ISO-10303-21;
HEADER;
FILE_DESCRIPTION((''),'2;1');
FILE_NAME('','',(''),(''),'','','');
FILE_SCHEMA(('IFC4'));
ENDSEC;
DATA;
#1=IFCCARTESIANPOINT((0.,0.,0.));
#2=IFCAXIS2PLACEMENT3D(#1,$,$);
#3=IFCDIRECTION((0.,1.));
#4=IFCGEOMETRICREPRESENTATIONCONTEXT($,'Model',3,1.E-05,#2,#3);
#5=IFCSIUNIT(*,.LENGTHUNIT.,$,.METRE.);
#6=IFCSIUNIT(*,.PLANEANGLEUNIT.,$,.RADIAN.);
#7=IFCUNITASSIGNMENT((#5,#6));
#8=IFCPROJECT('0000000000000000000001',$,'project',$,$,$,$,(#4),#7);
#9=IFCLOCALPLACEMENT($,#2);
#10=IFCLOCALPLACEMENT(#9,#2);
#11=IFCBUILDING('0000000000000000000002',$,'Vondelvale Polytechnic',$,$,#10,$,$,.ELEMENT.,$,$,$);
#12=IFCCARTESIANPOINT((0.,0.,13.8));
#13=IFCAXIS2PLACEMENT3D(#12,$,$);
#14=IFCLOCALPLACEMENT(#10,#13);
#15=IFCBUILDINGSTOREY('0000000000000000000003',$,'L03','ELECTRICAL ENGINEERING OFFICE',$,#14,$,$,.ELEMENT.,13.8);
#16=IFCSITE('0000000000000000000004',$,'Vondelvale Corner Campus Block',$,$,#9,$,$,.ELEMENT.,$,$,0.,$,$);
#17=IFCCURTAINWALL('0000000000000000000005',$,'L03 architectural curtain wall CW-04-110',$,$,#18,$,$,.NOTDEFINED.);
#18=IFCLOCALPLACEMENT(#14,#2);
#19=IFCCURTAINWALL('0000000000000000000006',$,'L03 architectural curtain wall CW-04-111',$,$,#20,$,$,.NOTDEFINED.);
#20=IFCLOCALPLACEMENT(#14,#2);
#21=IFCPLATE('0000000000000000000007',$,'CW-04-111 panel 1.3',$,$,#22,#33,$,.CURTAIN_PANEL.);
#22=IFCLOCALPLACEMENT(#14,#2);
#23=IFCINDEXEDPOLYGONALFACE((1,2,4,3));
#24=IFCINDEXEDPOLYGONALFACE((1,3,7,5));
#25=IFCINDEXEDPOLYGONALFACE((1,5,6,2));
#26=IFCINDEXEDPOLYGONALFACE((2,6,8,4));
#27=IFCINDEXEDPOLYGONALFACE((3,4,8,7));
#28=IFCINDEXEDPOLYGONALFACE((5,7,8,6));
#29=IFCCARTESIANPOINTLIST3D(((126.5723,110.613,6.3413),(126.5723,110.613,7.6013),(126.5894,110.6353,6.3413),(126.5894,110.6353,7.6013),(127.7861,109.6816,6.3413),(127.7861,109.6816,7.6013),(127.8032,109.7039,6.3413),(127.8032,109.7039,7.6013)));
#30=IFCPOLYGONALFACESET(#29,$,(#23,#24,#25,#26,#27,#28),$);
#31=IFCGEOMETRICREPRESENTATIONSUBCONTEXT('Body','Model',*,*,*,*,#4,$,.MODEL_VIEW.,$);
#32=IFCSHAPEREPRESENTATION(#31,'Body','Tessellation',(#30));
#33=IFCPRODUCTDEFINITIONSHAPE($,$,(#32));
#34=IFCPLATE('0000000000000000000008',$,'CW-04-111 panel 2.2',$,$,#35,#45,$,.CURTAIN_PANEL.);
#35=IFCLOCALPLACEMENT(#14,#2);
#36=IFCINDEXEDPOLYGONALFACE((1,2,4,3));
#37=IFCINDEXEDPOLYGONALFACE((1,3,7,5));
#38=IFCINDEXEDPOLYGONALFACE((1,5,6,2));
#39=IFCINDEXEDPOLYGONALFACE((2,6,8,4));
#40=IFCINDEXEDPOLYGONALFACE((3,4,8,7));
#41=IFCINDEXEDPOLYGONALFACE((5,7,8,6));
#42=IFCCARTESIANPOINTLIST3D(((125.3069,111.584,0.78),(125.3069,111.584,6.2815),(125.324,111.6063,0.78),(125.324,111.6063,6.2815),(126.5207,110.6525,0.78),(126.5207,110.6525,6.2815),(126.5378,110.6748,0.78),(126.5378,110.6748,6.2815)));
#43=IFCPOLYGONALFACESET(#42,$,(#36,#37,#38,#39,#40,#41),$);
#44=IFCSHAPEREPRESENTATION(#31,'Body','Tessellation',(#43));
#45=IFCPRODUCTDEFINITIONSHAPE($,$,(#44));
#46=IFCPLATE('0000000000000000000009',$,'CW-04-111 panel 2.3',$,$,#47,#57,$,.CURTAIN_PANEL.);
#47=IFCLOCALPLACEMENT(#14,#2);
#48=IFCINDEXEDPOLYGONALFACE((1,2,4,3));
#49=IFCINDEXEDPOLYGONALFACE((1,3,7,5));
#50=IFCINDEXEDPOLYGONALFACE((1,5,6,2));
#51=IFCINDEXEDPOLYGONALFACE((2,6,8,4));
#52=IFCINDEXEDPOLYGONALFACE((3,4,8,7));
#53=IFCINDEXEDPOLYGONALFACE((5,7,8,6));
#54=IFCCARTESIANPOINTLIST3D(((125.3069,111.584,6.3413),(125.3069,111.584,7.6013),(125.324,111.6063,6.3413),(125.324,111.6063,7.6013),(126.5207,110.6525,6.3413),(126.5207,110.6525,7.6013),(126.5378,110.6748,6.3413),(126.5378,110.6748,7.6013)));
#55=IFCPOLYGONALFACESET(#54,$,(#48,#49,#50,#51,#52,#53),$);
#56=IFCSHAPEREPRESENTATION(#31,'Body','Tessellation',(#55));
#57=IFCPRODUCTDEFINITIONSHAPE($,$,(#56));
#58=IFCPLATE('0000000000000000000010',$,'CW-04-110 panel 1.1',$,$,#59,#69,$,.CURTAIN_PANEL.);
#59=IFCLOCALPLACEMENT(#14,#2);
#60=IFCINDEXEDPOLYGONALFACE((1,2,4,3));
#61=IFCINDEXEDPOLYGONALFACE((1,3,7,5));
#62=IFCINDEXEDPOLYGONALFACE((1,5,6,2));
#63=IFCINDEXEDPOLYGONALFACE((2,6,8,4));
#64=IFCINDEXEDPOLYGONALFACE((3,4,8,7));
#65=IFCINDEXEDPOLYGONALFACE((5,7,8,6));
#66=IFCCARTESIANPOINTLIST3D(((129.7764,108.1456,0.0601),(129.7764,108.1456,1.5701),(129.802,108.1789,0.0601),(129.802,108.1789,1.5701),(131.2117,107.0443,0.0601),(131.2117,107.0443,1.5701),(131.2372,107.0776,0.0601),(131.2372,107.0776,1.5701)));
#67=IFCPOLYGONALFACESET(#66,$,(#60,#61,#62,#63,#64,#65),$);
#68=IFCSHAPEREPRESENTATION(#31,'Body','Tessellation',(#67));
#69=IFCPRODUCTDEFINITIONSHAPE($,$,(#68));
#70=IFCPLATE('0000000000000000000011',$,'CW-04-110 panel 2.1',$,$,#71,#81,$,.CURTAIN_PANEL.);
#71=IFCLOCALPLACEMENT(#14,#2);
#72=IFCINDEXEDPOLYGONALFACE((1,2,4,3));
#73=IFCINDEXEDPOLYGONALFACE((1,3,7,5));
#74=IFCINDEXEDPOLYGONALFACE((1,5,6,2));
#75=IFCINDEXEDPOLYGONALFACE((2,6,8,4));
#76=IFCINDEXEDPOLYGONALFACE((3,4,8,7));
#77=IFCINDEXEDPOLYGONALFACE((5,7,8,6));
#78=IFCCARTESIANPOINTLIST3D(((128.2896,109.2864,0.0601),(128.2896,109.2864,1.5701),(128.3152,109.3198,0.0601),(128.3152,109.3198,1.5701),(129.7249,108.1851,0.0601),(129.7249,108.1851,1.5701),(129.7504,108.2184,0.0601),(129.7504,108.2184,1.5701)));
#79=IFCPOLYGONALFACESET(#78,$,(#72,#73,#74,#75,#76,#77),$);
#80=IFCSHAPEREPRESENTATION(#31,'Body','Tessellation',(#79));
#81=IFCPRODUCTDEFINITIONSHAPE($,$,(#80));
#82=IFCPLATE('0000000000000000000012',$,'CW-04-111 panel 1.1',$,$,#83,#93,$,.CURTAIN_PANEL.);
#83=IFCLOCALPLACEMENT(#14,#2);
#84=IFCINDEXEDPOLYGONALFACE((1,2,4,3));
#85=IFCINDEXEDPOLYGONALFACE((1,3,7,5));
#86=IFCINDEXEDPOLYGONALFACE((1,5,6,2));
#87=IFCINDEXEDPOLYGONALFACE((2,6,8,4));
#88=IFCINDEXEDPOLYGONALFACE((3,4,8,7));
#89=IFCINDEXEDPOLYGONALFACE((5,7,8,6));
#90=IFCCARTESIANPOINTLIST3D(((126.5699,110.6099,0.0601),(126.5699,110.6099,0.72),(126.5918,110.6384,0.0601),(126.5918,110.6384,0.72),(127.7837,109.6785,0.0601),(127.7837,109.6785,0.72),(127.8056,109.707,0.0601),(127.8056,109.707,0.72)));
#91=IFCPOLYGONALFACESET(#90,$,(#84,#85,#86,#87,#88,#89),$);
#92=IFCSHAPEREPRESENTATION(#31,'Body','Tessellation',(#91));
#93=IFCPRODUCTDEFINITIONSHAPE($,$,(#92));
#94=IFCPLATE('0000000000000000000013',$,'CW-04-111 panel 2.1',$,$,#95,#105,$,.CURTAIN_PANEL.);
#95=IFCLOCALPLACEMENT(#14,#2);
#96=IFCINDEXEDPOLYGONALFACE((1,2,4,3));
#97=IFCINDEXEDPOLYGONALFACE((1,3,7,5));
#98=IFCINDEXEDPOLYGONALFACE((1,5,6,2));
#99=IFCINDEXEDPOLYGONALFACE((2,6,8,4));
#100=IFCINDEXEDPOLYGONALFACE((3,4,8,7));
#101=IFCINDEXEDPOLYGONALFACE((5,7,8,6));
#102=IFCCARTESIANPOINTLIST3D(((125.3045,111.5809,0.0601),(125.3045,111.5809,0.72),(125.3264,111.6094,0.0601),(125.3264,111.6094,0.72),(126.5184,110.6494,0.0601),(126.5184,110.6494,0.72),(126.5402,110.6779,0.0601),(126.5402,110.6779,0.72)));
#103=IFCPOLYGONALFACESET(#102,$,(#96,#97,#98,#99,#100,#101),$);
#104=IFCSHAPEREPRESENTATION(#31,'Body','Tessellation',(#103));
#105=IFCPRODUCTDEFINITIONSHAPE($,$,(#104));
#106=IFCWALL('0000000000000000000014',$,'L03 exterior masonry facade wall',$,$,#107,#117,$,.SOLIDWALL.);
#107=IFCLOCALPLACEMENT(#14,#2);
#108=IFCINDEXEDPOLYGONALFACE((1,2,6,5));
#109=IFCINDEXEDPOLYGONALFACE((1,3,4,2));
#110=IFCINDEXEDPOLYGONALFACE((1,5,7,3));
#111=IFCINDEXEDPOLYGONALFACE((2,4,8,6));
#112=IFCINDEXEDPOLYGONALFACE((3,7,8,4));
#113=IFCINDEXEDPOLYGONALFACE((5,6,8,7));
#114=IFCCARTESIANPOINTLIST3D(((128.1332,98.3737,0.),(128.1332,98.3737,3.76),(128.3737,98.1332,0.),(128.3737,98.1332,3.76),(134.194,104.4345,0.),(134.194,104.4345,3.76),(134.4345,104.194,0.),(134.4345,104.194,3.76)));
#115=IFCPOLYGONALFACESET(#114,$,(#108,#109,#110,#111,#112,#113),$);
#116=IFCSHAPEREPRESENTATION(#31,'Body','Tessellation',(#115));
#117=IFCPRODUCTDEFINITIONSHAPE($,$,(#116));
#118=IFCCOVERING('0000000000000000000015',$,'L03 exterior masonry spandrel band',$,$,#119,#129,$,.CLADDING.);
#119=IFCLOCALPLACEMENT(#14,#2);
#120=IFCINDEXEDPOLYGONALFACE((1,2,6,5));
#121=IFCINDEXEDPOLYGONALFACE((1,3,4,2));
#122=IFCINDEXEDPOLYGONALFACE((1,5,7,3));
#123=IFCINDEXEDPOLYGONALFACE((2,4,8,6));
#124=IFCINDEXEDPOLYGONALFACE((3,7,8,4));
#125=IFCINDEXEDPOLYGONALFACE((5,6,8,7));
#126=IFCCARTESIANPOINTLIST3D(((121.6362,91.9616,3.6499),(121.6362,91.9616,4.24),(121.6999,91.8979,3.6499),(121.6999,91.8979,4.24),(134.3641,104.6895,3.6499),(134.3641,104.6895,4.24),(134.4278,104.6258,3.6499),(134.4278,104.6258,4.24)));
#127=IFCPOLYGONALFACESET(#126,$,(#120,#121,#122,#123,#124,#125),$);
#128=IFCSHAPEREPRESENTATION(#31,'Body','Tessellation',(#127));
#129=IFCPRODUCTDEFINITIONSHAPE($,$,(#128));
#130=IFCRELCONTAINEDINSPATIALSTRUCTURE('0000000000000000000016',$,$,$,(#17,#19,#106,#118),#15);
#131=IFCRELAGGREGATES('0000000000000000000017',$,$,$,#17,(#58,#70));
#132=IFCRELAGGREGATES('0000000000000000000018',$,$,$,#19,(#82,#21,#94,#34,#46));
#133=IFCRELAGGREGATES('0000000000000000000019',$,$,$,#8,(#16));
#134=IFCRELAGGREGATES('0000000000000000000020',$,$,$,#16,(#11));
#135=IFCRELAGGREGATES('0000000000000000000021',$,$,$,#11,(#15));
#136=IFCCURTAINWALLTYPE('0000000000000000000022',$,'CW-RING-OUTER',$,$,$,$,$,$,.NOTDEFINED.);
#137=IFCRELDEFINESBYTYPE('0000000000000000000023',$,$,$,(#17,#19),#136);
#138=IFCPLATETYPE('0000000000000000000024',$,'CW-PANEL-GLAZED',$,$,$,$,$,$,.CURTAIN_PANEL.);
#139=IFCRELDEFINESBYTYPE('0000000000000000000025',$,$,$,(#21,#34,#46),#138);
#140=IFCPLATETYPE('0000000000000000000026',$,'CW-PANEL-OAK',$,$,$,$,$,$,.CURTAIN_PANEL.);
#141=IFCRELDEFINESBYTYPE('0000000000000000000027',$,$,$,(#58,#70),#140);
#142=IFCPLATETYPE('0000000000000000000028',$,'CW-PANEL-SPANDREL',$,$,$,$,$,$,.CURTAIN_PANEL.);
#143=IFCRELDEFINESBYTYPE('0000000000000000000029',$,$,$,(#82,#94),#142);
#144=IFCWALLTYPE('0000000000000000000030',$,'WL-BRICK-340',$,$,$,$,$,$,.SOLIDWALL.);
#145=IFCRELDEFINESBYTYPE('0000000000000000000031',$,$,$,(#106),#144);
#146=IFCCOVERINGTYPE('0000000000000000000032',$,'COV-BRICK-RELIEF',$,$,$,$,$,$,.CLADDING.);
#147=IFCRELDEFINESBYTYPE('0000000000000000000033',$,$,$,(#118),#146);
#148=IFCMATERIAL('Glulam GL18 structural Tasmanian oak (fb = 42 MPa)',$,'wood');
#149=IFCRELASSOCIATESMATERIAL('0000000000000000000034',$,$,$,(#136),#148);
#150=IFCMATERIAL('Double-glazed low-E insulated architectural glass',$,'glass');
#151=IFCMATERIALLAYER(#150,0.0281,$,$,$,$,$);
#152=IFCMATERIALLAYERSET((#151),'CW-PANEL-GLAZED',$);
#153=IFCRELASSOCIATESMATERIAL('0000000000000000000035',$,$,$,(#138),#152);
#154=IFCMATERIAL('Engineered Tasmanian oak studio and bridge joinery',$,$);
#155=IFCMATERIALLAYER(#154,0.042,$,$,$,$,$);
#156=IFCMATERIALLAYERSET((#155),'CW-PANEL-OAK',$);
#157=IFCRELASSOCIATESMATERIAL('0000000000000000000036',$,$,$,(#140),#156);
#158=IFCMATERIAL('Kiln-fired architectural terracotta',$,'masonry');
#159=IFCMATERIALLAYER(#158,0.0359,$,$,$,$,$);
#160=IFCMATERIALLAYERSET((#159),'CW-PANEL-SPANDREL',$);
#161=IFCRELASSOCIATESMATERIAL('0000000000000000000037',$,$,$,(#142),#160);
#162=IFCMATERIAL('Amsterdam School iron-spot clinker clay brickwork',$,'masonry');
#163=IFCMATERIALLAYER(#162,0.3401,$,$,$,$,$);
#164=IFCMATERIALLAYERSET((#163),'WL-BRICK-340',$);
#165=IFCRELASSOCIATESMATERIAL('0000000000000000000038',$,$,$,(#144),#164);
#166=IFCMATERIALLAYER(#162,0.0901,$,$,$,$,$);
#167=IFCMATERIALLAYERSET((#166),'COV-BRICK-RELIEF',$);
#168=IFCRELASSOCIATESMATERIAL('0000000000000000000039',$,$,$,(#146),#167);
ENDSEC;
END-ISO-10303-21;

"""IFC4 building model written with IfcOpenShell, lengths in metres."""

from ifc_helpers import new_model, si_unit, direction, frame, frame_2d, origin, origin_2d, place, context, subcontext, project, spatial, rectangle, extrude, material, layer, layer_set, type_object, element, aggregate, save


model = new_model("IFC4")

# Units and contexts
model_context = context("Model", 3, precision=1e-05, world=origin(), true_north=direction((0.0, 1.0)))
body_context = subcontext(model_context, "Body", "Model", "MODEL_VIEW")
ifc_project = project(units=[si_unit("LENGTHUNIT", "METRE"), si_unit("PLANEANGLEUNIT", "RADIAN")], contexts=[model_context])

# Site, building, storey
site_placement = place(None, origin())
site = spatial("IfcSite", under=ifc_project, at=site_placement, Name="Vondelvale Corner Campus Block", CompositionType="ELEMENT", RefElevation=0.0)
building_placement = place(site_placement, origin())
building = spatial("IfcBuilding", under=site, at=building_placement, Name="Vondelvale Polytechnic", CompositionType="ELEMENT")
storey_placement = place(building_placement, frame((0.0, 0.0, 13.8)))
storey = spatial("IfcBuildingStorey", under=building, at=storey_placement, Name="L03", Description="ELECTRICAL ENGINEERING OFFICE", CompositionType="ELEMENT", Elevation=13.8)

# Shared definitions
ifc_material_1 = material(Name="Glulam GL18 structural Tasmanian oak (fb = 42 MPa)", Category="wood")

# Curtain walls
curtain_wall_type = type_object("IfcCurtainWallType", Name="CW-RING-OUTER", PredefinedType="NOTDEFINED", material=ifc_material_1)
curtain_wall_1_placement = place(storey_placement, origin())
curtain_wall_1 = element("IfcCurtainWall", 1, at=curtain_wall_1_placement, inside=storey, type_object=curtain_wall_type, Name="L03 architectural curtain wall CW-04-110", PredefinedType="NOTDEFINED")
curtain_wall_2_placement = place(storey_placement, origin())
curtain_wall_2 = element("IfcCurtainWall", 2, at=curtain_wall_2_placement, inside=storey, type_object=curtain_wall_type, Name="L03 architectural curtain wall CW-04-111", PredefinedType="NOTDEFINED")

# Plates
ifc_material_2 = material(Name="Double-glazed low-E insulated architectural glass", Category="glass")
ifc_layer_1 = layer(ifc_material_2, 0.0281)
ifc_layer_set_1 = layer_set([ifc_layer_1], Name="CW-PANEL-GLAZED")
plate_type_1 = type_object("IfcPlateType", Name="CW-PANEL-GLAZED", PredefinedType="CURTAIN_PANEL", material=ifc_layer_set_1)
plate_1_placement = place(storey_placement, frame((127.1877, 110.1584, 6.3413), z_axis=(0.0, 0.0, 1.0), x_axis=(-0.793334, 0.608787, 0.0)))
plate_1 = element("IfcPlate", 3, at=plate_1_placement, type_object=plate_type_1, Name="CW-04-111 panel 1.3", PredefinedType="CURTAIN_PANEL", context=body_context, shape_type="SweptSolid", body=[
    extrude(rectangle(XDim=1.53, YDim=0.0281, at=origin_2d()), origin(), (0.0, 0.0, 1.0), 1.26),
])
plate_2_placement = place(storey_placement, frame((125.9224, 111.1294, 0.78), z_axis=(0.0, 0.0, 1.0), x_axis=(-0.793334, 0.608787, 0.0)))
plate_2 = element("IfcPlate", 4, at=plate_2_placement, type_object=plate_type_1, Name="CW-04-111 panel 2.2", PredefinedType="CURTAIN_PANEL", context=body_context, shape_type="SweptSolid", body=[
    extrude(rectangle(XDim=1.53, YDim=0.0281, at=origin_2d()), origin(), (0.0, 0.0, 1.0), 5.5015),
])
plate_3_placement = place(storey_placement, frame((125.9224, 111.1294, 6.3413), z_axis=(0.0, 0.0, 1.0), x_axis=(-0.793334, 0.608787, 0.0)))
plate_3 = element("IfcPlate", 5, at=plate_3_placement, type_object=plate_type_1, Name="CW-04-111 panel 2.3", PredefinedType="CURTAIN_PANEL", context=body_context, shape_type="SweptSolid", body=[
    extrude(rectangle(XDim=1.53, YDim=0.0281, at=origin_2d()), origin(), (0.0, 0.0, 1.0), 1.26),
])
ifc_material_3 = material(Name="Engineered Tasmanian oak studio and bridge joinery")
ifc_layer_2 = layer(ifc_material_3, 0.042)
ifc_layer_set_2 = layer_set([ifc_layer_2], Name="CW-PANEL-OAK")
plate_type_2 = type_object("IfcPlateType", Name="CW-PANEL-OAK", PredefinedType="CURTAIN_PANEL", material=ifc_layer_set_2)
plate_4_placement = place(storey_placement, frame((130.5068, 107.6116, 0.0601), z_axis=(0.0, 0.0, 1.0), x_axis=(-0.793346, 0.608771, 0.0)))
plate_4 = element("IfcPlate", 6, at=plate_4_placement, type_object=plate_type_2, Name="CW-04-110 panel 1.1", PredefinedType="CURTAIN_PANEL", context=body_context, shape_type="SweptSolid", body=[
    extrude(rectangle(XDim=1.8091, YDim=0.042, at=origin_2d()), origin(), (0.0, 0.0, 1.0), 1.51),
])
plate_5_placement = place(storey_placement, frame((129.02, 108.7524, 0.0601), z_axis=(0.0, 0.0, 1.0), x_axis=(-0.793346, 0.608771, 0.0)))
plate_5 = element("IfcPlate", 7, at=plate_5_placement, type_object=plate_type_2, Name="CW-04-110 panel 2.1", PredefinedType="CURTAIN_PANEL", context=body_context, shape_type="SweptSolid", body=[
    extrude(rectangle(XDim=1.8091, YDim=0.042, at=origin_2d()), origin(), (0.0, 0.0, 1.0), 1.51),
])
aggregate(curtain_wall_1, [plate_4, plate_5])
ifc_material_4 = material(Name="Kiln-fired architectural terracotta", Category="masonry")
ifc_layer_3 = layer(ifc_material_4, 0.0359)
ifc_layer_set_3 = layer_set([ifc_layer_3], Name="CW-PANEL-SPANDREL")
plate_type_3 = type_object("IfcPlateType", Name="CW-PANEL-SPANDREL", PredefinedType="CURTAIN_PANEL", material=ifc_layer_set_3)
plate_6_placement = place(storey_placement, frame((127.1877, 110.1584, 0.0601), z_axis=(0.0, 0.0, 1.0), x_axis=(-0.793334, 0.608787, 0.0)))
plate_6 = element("IfcPlate", 8, at=plate_6_placement, type_object=plate_type_3, Name="CW-04-111 panel 1.1", PredefinedType="CURTAIN_PANEL", context=body_context, shape_type="SweptSolid", body=[
    extrude(rectangle(XDim=1.53, YDim=0.0359, at=origin_2d()), origin(), (0.0, 0.0, 1.0), 0.6599),
])
plate_7_placement = place(storey_placement, frame((125.9224, 111.1294, 0.0601), z_axis=(0.0, 0.0, 1.0), x_axis=(-0.793334, 0.608787, 0.0)))
plate_7 = element("IfcPlate", 9, at=plate_7_placement, type_object=plate_type_3, Name="CW-04-111 panel 2.1", PredefinedType="CURTAIN_PANEL", context=body_context, shape_type="SweptSolid", body=[
    extrude(rectangle(XDim=1.53, YDim=0.0359, at=origin_2d()), origin(), (0.0, 0.0, 1.0), 0.6599),
])
aggregate(curtain_wall_2, [plate_6, plate_1, plate_7, plate_2, plate_3])

# Wall
ifc_material_5 = material(Name="Amsterdam School iron-spot clinker clay brickwork", Category="masonry")
ifc_layer_4 = layer(ifc_material_5, 0.3401)
ifc_layer_set_4 = layer_set([ifc_layer_4], Name="WL-BRICK-340")
wall_type = type_object("IfcWallType", Name="WL-BRICK-340", PredefinedType="SOLIDWALL", material=ifc_layer_set_4)
wall_placement = place(storey_placement, frame((128.2534, 98.2534, 0.0), z_axis=(0.0, 0.0, 1.0), x_axis=(0.707107, 0.707107, 0.0)))
element("IfcWall", 10, at=wall_placement, inside=storey, type_object=wall_type, Name="L03 exterior masonry facade wall", PredefinedType="SOLIDWALL", context=body_context, shape_type="SweptSolid", body=[
    extrude(rectangle(XDim=8.5713, YDim=0.3401, at=frame_2d((4.2856, 0.0))), origin(), (0.0, 0.0, 1.0), 3.76),
])

# Covering
ifc_layer_5 = layer(ifc_material_5, 0.0901)
ifc_layer_set_5 = layer_set([ifc_layer_5], Name="COV-BRICK-RELIEF")
covering_type = type_object("IfcCoveringType", Name="COV-BRICK-RELIEF", PredefinedType="CLADDING", material=ifc_layer_set_5)
covering_placement = place(storey_placement, frame((128.032, 98.2937, 3.6499), z_axis=(0.0, 0.0, 1.0), x_axis=(0.707107, 0.707107, 0.0)))
element("IfcCovering", 11, at=covering_placement, inside=storey, type_object=covering_type, Name="L03 exterior masonry spandrel band", PredefinedType="CLADDING", context=body_context, shape_type="SweptSolid", body=[
    extrude(rectangle(XDim=18.0, YDim=0.0901, at=origin_2d()), origin(), (0.0, 0.0, 1.0), 0.5901),
])

save(model, "model.ifc")
